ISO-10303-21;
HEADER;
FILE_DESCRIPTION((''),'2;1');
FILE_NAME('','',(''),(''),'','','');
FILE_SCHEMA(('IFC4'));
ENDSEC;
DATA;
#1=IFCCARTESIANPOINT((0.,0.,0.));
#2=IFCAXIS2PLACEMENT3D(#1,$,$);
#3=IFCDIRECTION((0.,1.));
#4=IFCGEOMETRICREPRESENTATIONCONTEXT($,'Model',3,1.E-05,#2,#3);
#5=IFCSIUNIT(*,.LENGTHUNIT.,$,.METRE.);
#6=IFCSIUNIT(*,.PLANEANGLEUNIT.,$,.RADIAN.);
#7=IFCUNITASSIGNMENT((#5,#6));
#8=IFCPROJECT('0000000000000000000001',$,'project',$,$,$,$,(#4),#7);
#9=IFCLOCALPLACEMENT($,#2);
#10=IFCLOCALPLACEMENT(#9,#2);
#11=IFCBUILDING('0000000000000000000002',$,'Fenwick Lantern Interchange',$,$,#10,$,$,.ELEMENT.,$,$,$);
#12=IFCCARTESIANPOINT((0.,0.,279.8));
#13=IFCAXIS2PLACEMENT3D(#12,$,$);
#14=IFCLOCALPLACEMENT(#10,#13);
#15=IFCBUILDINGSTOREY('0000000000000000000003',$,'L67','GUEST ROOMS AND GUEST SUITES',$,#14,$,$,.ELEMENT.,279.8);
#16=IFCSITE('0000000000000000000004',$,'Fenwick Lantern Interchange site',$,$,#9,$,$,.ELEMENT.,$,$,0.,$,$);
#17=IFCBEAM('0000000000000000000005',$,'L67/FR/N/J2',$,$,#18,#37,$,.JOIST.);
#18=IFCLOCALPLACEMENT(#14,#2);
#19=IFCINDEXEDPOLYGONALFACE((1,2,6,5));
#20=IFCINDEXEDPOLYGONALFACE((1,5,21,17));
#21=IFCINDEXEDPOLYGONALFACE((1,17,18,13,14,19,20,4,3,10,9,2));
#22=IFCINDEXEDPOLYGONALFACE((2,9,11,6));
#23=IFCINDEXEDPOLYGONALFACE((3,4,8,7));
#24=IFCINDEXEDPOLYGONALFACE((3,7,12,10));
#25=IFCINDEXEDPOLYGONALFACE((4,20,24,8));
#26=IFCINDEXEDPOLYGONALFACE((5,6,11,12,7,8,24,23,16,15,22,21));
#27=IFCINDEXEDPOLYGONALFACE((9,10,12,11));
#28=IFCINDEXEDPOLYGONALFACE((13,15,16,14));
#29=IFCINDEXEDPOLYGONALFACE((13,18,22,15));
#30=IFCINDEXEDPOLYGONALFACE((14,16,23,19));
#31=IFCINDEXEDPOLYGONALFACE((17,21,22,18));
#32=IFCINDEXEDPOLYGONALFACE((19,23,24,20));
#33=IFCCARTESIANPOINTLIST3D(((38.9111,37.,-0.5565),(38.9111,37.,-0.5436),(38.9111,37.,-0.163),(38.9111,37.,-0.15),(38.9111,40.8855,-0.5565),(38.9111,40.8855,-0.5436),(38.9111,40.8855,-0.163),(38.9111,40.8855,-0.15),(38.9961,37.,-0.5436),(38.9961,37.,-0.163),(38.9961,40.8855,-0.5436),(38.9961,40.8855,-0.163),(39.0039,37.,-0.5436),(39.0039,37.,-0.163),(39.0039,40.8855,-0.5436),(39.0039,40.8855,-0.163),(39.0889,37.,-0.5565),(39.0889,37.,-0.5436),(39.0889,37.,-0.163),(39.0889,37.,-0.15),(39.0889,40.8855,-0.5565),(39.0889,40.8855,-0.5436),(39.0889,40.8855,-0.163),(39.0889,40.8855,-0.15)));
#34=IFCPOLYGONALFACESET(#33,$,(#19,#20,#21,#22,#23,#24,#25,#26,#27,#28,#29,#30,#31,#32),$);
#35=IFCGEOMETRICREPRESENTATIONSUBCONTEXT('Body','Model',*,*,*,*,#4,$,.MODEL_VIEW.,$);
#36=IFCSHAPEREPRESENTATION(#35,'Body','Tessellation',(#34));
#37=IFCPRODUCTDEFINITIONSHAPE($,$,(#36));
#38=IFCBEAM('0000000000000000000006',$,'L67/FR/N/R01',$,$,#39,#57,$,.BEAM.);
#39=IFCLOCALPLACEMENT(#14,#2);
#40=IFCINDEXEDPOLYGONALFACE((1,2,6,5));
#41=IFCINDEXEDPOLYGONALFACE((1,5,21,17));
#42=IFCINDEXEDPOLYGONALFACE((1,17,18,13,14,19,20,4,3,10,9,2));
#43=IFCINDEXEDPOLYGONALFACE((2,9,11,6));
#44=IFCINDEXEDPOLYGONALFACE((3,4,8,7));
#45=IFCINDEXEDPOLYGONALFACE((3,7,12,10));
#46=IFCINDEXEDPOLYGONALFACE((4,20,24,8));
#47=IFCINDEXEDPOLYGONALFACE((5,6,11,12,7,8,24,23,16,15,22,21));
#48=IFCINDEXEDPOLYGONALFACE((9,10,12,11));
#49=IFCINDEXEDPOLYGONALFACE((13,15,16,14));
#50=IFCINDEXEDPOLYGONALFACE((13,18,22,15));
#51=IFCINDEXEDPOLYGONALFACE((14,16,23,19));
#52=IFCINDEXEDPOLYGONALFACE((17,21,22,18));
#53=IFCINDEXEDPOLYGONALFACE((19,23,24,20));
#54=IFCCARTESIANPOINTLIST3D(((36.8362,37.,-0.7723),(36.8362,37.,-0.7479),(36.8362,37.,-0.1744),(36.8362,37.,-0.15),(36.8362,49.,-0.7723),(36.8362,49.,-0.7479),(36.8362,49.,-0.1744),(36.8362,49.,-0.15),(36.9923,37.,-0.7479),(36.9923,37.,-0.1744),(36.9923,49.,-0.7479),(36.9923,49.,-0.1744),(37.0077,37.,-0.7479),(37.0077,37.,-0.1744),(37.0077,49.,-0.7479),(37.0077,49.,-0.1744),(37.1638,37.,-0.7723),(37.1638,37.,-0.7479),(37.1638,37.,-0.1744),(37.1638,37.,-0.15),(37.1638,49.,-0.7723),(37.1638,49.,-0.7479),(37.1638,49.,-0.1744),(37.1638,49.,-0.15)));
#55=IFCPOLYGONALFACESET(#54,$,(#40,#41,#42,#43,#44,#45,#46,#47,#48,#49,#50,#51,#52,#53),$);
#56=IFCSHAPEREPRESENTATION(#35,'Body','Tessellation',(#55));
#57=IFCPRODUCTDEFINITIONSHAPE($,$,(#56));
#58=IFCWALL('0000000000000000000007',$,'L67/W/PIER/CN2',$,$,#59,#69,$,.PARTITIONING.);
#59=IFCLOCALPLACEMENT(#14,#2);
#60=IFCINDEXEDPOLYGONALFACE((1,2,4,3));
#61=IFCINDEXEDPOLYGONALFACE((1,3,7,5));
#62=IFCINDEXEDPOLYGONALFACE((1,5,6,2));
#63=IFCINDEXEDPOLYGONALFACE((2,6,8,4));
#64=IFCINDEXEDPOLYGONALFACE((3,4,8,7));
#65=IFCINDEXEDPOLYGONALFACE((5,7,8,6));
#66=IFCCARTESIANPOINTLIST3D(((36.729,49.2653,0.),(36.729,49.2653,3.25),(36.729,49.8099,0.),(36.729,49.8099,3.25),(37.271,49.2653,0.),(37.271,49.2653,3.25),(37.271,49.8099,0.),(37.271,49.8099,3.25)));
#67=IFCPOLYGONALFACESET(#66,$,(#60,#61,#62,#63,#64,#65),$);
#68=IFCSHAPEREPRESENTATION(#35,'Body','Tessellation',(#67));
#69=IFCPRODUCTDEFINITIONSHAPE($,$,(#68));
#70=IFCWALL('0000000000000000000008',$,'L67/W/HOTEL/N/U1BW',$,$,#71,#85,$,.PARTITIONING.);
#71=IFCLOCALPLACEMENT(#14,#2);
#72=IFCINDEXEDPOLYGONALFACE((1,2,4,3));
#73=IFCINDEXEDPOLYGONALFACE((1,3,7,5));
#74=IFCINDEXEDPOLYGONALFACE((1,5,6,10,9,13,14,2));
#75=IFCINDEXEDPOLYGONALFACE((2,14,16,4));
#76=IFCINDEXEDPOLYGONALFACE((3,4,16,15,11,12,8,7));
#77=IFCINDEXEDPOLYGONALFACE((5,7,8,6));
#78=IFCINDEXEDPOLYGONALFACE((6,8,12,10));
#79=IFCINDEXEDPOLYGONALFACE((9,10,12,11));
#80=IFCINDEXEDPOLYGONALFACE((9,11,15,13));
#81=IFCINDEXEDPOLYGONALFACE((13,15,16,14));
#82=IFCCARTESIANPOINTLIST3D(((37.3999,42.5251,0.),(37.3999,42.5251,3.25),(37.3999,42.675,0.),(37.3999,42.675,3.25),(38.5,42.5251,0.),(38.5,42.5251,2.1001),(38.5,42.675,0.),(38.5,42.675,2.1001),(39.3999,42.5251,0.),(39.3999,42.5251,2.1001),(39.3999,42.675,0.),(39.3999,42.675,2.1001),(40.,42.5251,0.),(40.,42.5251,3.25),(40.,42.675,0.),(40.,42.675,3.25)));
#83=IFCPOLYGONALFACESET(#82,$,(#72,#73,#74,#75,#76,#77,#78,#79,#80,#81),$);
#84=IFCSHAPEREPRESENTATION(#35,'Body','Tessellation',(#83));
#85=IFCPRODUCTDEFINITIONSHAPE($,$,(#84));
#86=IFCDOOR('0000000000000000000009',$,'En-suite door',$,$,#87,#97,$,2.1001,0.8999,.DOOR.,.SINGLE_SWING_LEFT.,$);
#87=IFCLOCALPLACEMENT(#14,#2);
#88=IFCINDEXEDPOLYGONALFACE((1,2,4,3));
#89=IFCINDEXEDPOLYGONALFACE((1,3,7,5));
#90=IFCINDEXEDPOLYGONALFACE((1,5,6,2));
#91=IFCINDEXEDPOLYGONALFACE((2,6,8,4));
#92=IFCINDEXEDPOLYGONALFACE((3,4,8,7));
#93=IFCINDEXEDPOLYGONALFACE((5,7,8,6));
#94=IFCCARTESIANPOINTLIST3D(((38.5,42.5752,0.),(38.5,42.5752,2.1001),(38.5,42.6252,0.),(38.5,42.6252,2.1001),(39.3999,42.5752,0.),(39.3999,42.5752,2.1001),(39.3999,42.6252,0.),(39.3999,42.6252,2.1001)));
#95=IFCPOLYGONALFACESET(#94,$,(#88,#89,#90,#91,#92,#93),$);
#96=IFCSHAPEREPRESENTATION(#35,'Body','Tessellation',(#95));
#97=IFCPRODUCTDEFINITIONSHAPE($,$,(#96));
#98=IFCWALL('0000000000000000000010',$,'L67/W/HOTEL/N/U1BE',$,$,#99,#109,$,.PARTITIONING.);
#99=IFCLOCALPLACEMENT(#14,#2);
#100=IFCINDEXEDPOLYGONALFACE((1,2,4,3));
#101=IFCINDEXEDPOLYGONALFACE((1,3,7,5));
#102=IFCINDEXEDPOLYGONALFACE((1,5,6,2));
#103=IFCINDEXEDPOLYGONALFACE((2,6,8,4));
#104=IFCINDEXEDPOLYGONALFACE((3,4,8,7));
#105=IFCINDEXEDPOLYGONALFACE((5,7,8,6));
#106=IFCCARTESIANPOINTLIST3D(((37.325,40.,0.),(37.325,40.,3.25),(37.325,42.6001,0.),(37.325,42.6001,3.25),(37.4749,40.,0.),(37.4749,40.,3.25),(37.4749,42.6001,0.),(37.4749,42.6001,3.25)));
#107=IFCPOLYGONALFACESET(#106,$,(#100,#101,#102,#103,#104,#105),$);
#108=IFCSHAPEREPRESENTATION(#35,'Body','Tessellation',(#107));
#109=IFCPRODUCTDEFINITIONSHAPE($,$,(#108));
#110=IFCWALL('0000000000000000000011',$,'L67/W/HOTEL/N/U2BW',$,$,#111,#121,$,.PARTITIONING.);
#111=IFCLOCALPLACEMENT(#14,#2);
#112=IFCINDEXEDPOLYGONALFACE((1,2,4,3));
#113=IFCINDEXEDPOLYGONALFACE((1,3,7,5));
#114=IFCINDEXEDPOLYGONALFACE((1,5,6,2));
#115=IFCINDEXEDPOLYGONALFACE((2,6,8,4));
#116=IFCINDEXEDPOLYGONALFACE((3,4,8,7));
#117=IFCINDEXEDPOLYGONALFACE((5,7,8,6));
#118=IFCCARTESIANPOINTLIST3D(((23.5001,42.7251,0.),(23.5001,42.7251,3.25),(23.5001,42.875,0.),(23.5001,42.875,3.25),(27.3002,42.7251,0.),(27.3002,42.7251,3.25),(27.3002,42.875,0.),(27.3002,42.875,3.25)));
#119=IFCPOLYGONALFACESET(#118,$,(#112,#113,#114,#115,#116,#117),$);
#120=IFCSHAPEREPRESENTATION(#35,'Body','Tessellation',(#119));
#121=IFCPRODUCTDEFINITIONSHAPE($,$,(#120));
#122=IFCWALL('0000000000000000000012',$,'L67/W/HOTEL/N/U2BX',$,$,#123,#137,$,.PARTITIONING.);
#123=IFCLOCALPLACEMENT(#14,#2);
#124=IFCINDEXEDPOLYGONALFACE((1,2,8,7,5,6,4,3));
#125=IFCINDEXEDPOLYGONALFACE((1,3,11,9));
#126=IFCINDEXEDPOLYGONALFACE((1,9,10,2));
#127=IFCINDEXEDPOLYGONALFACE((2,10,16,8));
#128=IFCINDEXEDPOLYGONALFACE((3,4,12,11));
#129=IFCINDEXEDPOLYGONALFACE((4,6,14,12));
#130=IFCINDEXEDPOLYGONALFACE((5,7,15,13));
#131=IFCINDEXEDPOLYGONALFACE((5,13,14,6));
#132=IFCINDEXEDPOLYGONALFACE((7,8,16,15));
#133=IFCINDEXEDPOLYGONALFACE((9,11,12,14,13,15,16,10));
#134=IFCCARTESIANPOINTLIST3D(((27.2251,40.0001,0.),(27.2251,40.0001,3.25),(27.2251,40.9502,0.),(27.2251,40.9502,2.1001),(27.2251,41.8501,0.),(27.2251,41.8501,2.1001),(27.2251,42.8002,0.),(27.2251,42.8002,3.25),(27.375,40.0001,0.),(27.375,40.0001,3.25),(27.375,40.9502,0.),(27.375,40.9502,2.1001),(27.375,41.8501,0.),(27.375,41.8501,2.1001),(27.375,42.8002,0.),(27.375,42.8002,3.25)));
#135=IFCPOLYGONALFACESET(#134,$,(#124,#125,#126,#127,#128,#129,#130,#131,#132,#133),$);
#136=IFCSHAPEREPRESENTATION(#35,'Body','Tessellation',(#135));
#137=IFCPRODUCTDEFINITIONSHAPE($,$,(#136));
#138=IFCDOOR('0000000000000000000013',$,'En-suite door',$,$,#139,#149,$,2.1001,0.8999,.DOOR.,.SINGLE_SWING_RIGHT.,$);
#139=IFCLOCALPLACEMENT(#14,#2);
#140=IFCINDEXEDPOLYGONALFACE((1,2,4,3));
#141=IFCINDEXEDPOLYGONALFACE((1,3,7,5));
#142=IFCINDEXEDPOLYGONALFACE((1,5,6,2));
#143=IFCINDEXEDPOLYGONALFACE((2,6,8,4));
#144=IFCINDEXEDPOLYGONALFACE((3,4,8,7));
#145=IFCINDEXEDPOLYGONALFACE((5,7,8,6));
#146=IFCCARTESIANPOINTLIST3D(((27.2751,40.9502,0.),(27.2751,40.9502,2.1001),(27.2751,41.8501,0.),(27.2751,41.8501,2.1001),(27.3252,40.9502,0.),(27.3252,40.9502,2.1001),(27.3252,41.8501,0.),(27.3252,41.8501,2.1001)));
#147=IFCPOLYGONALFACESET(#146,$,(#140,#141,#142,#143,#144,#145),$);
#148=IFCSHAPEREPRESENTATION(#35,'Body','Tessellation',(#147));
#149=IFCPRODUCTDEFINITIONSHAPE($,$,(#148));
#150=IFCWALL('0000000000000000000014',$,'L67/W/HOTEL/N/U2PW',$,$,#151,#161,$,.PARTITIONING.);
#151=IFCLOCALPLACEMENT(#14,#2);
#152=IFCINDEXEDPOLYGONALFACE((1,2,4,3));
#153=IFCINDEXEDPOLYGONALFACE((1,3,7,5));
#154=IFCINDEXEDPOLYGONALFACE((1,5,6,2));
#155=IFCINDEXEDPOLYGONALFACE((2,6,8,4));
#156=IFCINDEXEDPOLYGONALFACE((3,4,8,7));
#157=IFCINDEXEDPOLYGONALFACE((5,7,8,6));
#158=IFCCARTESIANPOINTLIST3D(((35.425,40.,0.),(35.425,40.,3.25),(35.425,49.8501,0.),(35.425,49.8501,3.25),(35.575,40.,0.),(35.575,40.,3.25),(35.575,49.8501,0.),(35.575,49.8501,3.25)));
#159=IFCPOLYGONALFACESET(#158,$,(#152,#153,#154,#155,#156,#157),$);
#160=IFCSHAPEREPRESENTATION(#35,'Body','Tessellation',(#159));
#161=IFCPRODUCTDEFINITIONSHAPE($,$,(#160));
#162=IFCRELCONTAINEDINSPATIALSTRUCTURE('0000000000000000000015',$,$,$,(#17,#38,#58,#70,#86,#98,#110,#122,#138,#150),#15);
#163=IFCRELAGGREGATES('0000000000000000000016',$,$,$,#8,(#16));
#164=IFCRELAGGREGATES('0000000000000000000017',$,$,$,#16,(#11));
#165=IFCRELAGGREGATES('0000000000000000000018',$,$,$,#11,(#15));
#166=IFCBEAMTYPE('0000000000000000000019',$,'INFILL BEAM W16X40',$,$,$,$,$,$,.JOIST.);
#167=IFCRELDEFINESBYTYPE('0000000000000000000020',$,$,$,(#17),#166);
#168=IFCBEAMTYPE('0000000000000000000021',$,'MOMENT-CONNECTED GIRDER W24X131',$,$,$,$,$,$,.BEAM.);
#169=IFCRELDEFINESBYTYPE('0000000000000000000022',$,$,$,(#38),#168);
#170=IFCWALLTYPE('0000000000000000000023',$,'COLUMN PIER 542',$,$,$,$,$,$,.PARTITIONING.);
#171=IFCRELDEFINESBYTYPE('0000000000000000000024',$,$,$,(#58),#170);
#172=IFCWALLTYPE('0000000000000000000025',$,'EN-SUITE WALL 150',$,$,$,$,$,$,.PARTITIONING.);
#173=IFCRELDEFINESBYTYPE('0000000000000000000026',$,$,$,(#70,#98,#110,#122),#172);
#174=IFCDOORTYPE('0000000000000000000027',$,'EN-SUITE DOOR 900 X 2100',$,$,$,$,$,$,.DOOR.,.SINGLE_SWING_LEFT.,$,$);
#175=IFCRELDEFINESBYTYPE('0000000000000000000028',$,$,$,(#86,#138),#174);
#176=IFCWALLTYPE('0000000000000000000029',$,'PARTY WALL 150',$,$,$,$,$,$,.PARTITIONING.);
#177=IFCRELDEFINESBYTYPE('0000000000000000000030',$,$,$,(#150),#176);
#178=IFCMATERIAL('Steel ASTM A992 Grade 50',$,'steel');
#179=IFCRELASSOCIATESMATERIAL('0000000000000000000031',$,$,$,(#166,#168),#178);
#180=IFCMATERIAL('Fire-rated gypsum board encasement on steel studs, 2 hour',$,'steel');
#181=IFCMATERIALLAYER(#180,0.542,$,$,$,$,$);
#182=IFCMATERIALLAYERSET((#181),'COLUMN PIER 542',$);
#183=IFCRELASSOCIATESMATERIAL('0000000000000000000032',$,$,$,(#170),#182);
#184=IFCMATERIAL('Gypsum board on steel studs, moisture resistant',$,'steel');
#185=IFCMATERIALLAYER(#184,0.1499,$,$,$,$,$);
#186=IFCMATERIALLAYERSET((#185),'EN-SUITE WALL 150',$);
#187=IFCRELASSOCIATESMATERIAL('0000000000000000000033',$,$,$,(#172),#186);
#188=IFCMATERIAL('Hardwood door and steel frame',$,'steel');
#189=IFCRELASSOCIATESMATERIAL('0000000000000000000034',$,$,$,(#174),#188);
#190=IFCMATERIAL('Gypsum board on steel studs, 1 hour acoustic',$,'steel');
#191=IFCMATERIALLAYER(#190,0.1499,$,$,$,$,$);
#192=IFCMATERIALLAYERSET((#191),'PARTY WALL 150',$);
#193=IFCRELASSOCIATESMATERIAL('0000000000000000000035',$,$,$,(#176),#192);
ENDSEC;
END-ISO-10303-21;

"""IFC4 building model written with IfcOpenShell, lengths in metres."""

from ifc_helpers import new_model, si_unit, direction, frame, frame_2d, origin, origin_2d, place, context, subcontext, project, spatial, rectangle, i_section, extrude, material, layer, layer_set, material_profile, profile_set, type_object, element, fill, save


model = new_model("IFC4")

# Units and contexts
model_context = context("Model", 3, precision=1e-05, world=origin(), true_north=direction((0.0, 1.0)))
body_context = subcontext(model_context, "Body", "Model", "MODEL_VIEW")
ifc_project = project(units=[si_unit("LENGTHUNIT", "METRE"), si_unit("PLANEANGLEUNIT", "RADIAN")], contexts=[model_context])

# Site, building, storey
site_placement = place(None, origin())
site = spatial("IfcSite", under=ifc_project, at=site_placement, Name="Fenwick Lantern Interchange site", CompositionType="ELEMENT", RefElevation=0.0)
building_placement = place(site_placement, origin())
building = spatial("IfcBuilding", under=site, at=building_placement, Name="Fenwick Lantern Interchange", CompositionType="ELEMENT")
storey_placement = place(building_placement, frame((0.0, 0.0, 279.8)))
storey = spatial("IfcBuildingStorey", under=building, at=storey_placement, Name="L67", Description="GUEST ROOMS AND GUEST SUITES", CompositionType="ELEMENT", Elevation=279.8)

# Shared definitions
ifc_material_1 = material(Name="Steel ASTM A992 Grade 50", Category="steel")

# Beams
ifc_material_profile_1 = material_profile(ifc_material_1, i_section(OverallWidth=0.1777, OverallDepth=0.4065, WebThickness=0.0078, FlangeThickness=0.0129, at=origin_2d()), Name="W16X40")
ifc_profile_set_1 = profile_set([ifc_material_profile_1], Name="Steel ASTM A992 Grade 50")
beam_type_1 = type_object("IfcBeamType", Name="INFILL BEAM W16X40", PredefinedType="JOIST", material=ifc_profile_set_1)
beam_1_placement = place(storey_placement, frame((39.0, 40.8855, -0.3533), z_axis=(0.0, -1.0, 0.0), x_axis=(1.0, 0.0, 0.0)))
element("IfcBeam", 1, at=beam_1_placement, inside=storey, type_object=beam_type_1, Name="L67/FR/N/J2", PredefinedType="JOIST", context=body_context, shape_type="SweptSolid", body=[
    extrude(i_section(OverallWidth=0.1777, OverallDepth=0.4065, WebThickness=0.0078, FlangeThickness=0.0129, at=origin_2d()), origin(), (0.0, 0.0, 1.0), 3.8855),
])
ifc_material_profile_2 = material_profile(ifc_material_1, i_section(OverallWidth=0.3276, OverallDepth=0.6223, WebThickness=0.0154, FlangeThickness=0.0244, at=origin_2d()), Name="W24X131")
ifc_profile_set_2 = profile_set([ifc_material_profile_2], Name="Steel ASTM A992 Grade 50")
beam_type_2 = type_object("IfcBeamType", Name="MOMENT-CONNECTED GIRDER W24X131", PredefinedType="BEAM", material=ifc_profile_set_2)
beam_2_placement = place(storey_placement, frame((37.0, 49.0, -0.4612), z_axis=(0.0, -1.0, 0.0), x_axis=(1.0, 0.0, 0.0)))
element("IfcBeam", 2, at=beam_2_placement, inside=storey, type_object=beam_type_2, Name="L67/FR/N/R01", PredefinedType="BEAM", context=body_context, shape_type="SweptSolid", body=[
    extrude(i_section(OverallWidth=0.3276, OverallDepth=0.6223, WebThickness=0.0154, FlangeThickness=0.0244, at=origin_2d()), origin(), (0.0, 0.0, 1.0), 12.0),
])

# Wall
ifc_material_2 = material(Name="Fire-rated gypsum board encasement on steel studs, 2 hour", Category="steel")
ifc_layer_1 = layer(ifc_material_2, 0.542)
ifc_layer_set_1 = layer_set([ifc_layer_1], Name="COLUMN PIER 542")
wall_type_1 = type_object("IfcWallType", Name="COLUMN PIER 542", PredefinedType="PARTITIONING", material=ifc_layer_set_1)
wall_1_placement = place(storey_placement, frame((37.0, 49.8101, 0.0), z_axis=(0.0, 0.0, 1.0), x_axis=(0.0, -1.0, 0.0)))
element("IfcWall", 3, at=wall_1_placement, inside=storey, type_object=wall_type_1, Name="L67/W/PIER/CN2", PredefinedType="PARTITIONING", context=body_context, shape_type="SweptSolid", body=[
    extrude(rectangle(XDim=0.5447, YDim=0.542, at=frame_2d((0.2725, 0.0))), origin(), (0.0, 0.0, 1.0), 3.25),
])

# Wall, opening, door
ifc_material_3 = material(Name="Gypsum board on steel studs, moisture resistant", Category="steel")
ifc_layer_2 = layer(ifc_material_3, 0.1499)
ifc_layer_set_2 = layer_set([ifc_layer_2], Name="EN-SUITE WALL 150")
wall_type_2 = type_object("IfcWallType", Name="EN-SUITE WALL 150", PredefinedType="PARTITIONING", material=ifc_layer_set_2)
wall_2_placement = place(storey_placement, frame((40.0, 42.6001, 0.0), z_axis=(0.0, 0.0, 1.0), x_axis=(-1.0, 0.0, 0.0)))
wall_2 = element("IfcWall", 4, at=wall_2_placement, inside=storey, type_object=wall_type_2, Name="L67/W/HOTEL/N/U1BW", PredefinedType="PARTITIONING", context=body_context, shape_type="SweptSolid", body=[
    extrude(rectangle(XDim=2.6001, YDim=0.1499, at=frame_2d((1.3, 0.0))), origin(), (0.0, 0.0, 1.0), 3.25),
])
opening_1_placement = place(wall_2_placement, frame((0.6001, 0.0, 0.0)))
opening_1 = element("IfcOpeningElement", 5, at=opening_1_placement, cuts=wall_2, PredefinedType="OPENING", context=body_context, shape_type="SweptSolid", body=[
    extrude(rectangle(XDim=0.8999, YDim=2.1001, at=frame_2d((0.45, 1.05))), frame((0.0, 0.085, 0.0), z_axis=(0.0, -1.0, 0.0), x_axis=(1.0, 0.0, 0.0)), (0.0, 0.0, 1.0), 0.1699),
])
ifc_material_4 = material(Name="Hardwood door and steel frame", Category="steel")
door_type = type_object("IfcDoorType", Name="EN-SUITE DOOR 900 X 2100", OperationType="SINGLE_SWING_LEFT", PredefinedType="DOOR", material=ifc_material_4)
door_1_placement = place(opening_1_placement, origin())
door_1 = element("IfcDoor", 6, at=door_1_placement, inside=storey, type_object=door_type, Name="En-suite door", OperationType="SINGLE_SWING_LEFT", OverallHeight=2.1001, OverallWidth=0.8999, PredefinedType="DOOR", context=body_context, shape_type="SweptSolid", body=[
    extrude(rectangle(XDim=0.8999, YDim=2.1001, at=frame_2d((0.45, 1.05))), frame((0.0, 0.0249, 0.0), z_axis=(0.0, -1.0, 0.0), x_axis=(1.0, 0.0, 0.0)), (0.0, 0.0, 1.0), 0.05),
])
fill(opening_1, door_1)

# Walls
wall_3_placement = place(storey_placement, frame((37.3999, 42.6001, 0.0), z_axis=(0.0, 0.0, 1.0), x_axis=(0.0, -1.0, 0.0)))
element("IfcWall", 7, at=wall_3_placement, inside=storey, type_object=wall_type_2, Name="L67/W/HOTEL/N/U1BE", PredefinedType="PARTITIONING", context=body_context, shape_type="SweptSolid", body=[
    extrude(rectangle(XDim=2.6001, YDim=0.1499, at=frame_2d((1.3, 0.0))), origin(), (0.0, 0.0, 1.0), 3.25),
])
wall_4_placement = place(storey_placement, frame((27.3, 42.8, 0.0), z_axis=(0.0, 0.0, 1.0), x_axis=(-1.0, 0.0, 0.0)))
element("IfcWall", 8, at=wall_4_placement, inside=storey, type_object=wall_type_2, Name="L67/W/HOTEL/N/U2BW", PredefinedType="PARTITIONING", context=body_context, shape_type="SweptSolid", body=[
    extrude(rectangle(XDim=3.8, YDim=0.1499, at=frame_2d((1.8999, 0.0))), origin(), (0.0, 0.0, 1.0), 3.25),
])

# Wall, opening, door
wall_5_placement = place(storey_placement, frame((27.3, 42.8, 0.0), z_axis=(0.0, 0.0, 1.0), x_axis=(0.0, -1.0, 0.0)))
wall_5 = element("IfcWall", 9, at=wall_5_placement, inside=storey, type_object=wall_type_2, Name="L67/W/HOTEL/N/U2BX", PredefinedType="PARTITIONING", context=body_context, shape_type="SweptSolid", body=[
    extrude(rectangle(XDim=2.8, YDim=0.1499, at=frame_2d((1.3999, 0.0))), origin(), (0.0, 0.0, 1.0), 3.25),
])
opening_2_placement = place(wall_5_placement, frame((0.95, 0.0, 0.0)))
opening_2 = element("IfcOpeningElement", 10, at=opening_2_placement, cuts=wall_5, PredefinedType="OPENING", context=body_context, shape_type="SweptSolid", body=[
    extrude(rectangle(XDim=0.8999, YDim=2.1001, at=frame_2d((0.45, 1.05))), frame((0.0, 0.085, 0.0), z_axis=(0.0, -1.0, 0.0), x_axis=(1.0, 0.0, 0.0)), (0.0, 0.0, 1.0), 0.1699),
])
door_2_placement = place(opening_2_placement, frame((0.8999, 0.0, 0.0), z_axis=(0.0, 0.0, 1.0), x_axis=(-1.0, 0.0, 0.0)))
door_2 = element("IfcDoor", 11, at=door_2_placement, inside=storey, type_object=door_type, Name="En-suite door", OperationType="SINGLE_SWING_RIGHT", OverallHeight=2.1001, OverallWidth=0.8999, PredefinedType="DOOR", context=body_context, shape_type="SweptSolid", body=[
    extrude(rectangle(XDim=0.8999, YDim=2.1001, at=frame_2d((0.45, 1.05))), frame((0.0, 0.0249, 0.0), z_axis=(0.0, -1.0, 0.0), x_axis=(1.0, 0.0, 0.0)), (0.0, 0.0, 1.0), 0.05),
])
fill(opening_2, door_2)

# Wall
ifc_material_5 = material(Name="Gypsum board on steel studs, 1 hour acoustic", Category="steel")
ifc_layer_3 = layer(ifc_material_5, 0.1499)
ifc_layer_set_3 = layer_set([ifc_layer_3], Name="PARTY WALL 150")
wall_type_3 = type_object("IfcWallType", Name="PARTY WALL 150", PredefinedType="PARTITIONING", material=ifc_layer_set_3)
wall_6_placement = place(storey_placement, frame((35.5, 49.8501, 0.0), z_axis=(0.0, 0.0, 1.0), x_axis=(0.0, -1.0, 0.0)))
element("IfcWall", 12, at=wall_6_placement, inside=storey, type_object=wall_type_3, Name="L67/W/HOTEL/N/U2PW", PredefinedType="PARTITIONING", context=body_context, shape_type="SweptSolid", body=[
    extrude(rectangle(XDim=9.8501, YDim=0.1499, at=frame_2d((4.925, 0.0))), origin(), (0.0, 0.0, 1.0), 3.25),
])

save(model, "model.ifc")
